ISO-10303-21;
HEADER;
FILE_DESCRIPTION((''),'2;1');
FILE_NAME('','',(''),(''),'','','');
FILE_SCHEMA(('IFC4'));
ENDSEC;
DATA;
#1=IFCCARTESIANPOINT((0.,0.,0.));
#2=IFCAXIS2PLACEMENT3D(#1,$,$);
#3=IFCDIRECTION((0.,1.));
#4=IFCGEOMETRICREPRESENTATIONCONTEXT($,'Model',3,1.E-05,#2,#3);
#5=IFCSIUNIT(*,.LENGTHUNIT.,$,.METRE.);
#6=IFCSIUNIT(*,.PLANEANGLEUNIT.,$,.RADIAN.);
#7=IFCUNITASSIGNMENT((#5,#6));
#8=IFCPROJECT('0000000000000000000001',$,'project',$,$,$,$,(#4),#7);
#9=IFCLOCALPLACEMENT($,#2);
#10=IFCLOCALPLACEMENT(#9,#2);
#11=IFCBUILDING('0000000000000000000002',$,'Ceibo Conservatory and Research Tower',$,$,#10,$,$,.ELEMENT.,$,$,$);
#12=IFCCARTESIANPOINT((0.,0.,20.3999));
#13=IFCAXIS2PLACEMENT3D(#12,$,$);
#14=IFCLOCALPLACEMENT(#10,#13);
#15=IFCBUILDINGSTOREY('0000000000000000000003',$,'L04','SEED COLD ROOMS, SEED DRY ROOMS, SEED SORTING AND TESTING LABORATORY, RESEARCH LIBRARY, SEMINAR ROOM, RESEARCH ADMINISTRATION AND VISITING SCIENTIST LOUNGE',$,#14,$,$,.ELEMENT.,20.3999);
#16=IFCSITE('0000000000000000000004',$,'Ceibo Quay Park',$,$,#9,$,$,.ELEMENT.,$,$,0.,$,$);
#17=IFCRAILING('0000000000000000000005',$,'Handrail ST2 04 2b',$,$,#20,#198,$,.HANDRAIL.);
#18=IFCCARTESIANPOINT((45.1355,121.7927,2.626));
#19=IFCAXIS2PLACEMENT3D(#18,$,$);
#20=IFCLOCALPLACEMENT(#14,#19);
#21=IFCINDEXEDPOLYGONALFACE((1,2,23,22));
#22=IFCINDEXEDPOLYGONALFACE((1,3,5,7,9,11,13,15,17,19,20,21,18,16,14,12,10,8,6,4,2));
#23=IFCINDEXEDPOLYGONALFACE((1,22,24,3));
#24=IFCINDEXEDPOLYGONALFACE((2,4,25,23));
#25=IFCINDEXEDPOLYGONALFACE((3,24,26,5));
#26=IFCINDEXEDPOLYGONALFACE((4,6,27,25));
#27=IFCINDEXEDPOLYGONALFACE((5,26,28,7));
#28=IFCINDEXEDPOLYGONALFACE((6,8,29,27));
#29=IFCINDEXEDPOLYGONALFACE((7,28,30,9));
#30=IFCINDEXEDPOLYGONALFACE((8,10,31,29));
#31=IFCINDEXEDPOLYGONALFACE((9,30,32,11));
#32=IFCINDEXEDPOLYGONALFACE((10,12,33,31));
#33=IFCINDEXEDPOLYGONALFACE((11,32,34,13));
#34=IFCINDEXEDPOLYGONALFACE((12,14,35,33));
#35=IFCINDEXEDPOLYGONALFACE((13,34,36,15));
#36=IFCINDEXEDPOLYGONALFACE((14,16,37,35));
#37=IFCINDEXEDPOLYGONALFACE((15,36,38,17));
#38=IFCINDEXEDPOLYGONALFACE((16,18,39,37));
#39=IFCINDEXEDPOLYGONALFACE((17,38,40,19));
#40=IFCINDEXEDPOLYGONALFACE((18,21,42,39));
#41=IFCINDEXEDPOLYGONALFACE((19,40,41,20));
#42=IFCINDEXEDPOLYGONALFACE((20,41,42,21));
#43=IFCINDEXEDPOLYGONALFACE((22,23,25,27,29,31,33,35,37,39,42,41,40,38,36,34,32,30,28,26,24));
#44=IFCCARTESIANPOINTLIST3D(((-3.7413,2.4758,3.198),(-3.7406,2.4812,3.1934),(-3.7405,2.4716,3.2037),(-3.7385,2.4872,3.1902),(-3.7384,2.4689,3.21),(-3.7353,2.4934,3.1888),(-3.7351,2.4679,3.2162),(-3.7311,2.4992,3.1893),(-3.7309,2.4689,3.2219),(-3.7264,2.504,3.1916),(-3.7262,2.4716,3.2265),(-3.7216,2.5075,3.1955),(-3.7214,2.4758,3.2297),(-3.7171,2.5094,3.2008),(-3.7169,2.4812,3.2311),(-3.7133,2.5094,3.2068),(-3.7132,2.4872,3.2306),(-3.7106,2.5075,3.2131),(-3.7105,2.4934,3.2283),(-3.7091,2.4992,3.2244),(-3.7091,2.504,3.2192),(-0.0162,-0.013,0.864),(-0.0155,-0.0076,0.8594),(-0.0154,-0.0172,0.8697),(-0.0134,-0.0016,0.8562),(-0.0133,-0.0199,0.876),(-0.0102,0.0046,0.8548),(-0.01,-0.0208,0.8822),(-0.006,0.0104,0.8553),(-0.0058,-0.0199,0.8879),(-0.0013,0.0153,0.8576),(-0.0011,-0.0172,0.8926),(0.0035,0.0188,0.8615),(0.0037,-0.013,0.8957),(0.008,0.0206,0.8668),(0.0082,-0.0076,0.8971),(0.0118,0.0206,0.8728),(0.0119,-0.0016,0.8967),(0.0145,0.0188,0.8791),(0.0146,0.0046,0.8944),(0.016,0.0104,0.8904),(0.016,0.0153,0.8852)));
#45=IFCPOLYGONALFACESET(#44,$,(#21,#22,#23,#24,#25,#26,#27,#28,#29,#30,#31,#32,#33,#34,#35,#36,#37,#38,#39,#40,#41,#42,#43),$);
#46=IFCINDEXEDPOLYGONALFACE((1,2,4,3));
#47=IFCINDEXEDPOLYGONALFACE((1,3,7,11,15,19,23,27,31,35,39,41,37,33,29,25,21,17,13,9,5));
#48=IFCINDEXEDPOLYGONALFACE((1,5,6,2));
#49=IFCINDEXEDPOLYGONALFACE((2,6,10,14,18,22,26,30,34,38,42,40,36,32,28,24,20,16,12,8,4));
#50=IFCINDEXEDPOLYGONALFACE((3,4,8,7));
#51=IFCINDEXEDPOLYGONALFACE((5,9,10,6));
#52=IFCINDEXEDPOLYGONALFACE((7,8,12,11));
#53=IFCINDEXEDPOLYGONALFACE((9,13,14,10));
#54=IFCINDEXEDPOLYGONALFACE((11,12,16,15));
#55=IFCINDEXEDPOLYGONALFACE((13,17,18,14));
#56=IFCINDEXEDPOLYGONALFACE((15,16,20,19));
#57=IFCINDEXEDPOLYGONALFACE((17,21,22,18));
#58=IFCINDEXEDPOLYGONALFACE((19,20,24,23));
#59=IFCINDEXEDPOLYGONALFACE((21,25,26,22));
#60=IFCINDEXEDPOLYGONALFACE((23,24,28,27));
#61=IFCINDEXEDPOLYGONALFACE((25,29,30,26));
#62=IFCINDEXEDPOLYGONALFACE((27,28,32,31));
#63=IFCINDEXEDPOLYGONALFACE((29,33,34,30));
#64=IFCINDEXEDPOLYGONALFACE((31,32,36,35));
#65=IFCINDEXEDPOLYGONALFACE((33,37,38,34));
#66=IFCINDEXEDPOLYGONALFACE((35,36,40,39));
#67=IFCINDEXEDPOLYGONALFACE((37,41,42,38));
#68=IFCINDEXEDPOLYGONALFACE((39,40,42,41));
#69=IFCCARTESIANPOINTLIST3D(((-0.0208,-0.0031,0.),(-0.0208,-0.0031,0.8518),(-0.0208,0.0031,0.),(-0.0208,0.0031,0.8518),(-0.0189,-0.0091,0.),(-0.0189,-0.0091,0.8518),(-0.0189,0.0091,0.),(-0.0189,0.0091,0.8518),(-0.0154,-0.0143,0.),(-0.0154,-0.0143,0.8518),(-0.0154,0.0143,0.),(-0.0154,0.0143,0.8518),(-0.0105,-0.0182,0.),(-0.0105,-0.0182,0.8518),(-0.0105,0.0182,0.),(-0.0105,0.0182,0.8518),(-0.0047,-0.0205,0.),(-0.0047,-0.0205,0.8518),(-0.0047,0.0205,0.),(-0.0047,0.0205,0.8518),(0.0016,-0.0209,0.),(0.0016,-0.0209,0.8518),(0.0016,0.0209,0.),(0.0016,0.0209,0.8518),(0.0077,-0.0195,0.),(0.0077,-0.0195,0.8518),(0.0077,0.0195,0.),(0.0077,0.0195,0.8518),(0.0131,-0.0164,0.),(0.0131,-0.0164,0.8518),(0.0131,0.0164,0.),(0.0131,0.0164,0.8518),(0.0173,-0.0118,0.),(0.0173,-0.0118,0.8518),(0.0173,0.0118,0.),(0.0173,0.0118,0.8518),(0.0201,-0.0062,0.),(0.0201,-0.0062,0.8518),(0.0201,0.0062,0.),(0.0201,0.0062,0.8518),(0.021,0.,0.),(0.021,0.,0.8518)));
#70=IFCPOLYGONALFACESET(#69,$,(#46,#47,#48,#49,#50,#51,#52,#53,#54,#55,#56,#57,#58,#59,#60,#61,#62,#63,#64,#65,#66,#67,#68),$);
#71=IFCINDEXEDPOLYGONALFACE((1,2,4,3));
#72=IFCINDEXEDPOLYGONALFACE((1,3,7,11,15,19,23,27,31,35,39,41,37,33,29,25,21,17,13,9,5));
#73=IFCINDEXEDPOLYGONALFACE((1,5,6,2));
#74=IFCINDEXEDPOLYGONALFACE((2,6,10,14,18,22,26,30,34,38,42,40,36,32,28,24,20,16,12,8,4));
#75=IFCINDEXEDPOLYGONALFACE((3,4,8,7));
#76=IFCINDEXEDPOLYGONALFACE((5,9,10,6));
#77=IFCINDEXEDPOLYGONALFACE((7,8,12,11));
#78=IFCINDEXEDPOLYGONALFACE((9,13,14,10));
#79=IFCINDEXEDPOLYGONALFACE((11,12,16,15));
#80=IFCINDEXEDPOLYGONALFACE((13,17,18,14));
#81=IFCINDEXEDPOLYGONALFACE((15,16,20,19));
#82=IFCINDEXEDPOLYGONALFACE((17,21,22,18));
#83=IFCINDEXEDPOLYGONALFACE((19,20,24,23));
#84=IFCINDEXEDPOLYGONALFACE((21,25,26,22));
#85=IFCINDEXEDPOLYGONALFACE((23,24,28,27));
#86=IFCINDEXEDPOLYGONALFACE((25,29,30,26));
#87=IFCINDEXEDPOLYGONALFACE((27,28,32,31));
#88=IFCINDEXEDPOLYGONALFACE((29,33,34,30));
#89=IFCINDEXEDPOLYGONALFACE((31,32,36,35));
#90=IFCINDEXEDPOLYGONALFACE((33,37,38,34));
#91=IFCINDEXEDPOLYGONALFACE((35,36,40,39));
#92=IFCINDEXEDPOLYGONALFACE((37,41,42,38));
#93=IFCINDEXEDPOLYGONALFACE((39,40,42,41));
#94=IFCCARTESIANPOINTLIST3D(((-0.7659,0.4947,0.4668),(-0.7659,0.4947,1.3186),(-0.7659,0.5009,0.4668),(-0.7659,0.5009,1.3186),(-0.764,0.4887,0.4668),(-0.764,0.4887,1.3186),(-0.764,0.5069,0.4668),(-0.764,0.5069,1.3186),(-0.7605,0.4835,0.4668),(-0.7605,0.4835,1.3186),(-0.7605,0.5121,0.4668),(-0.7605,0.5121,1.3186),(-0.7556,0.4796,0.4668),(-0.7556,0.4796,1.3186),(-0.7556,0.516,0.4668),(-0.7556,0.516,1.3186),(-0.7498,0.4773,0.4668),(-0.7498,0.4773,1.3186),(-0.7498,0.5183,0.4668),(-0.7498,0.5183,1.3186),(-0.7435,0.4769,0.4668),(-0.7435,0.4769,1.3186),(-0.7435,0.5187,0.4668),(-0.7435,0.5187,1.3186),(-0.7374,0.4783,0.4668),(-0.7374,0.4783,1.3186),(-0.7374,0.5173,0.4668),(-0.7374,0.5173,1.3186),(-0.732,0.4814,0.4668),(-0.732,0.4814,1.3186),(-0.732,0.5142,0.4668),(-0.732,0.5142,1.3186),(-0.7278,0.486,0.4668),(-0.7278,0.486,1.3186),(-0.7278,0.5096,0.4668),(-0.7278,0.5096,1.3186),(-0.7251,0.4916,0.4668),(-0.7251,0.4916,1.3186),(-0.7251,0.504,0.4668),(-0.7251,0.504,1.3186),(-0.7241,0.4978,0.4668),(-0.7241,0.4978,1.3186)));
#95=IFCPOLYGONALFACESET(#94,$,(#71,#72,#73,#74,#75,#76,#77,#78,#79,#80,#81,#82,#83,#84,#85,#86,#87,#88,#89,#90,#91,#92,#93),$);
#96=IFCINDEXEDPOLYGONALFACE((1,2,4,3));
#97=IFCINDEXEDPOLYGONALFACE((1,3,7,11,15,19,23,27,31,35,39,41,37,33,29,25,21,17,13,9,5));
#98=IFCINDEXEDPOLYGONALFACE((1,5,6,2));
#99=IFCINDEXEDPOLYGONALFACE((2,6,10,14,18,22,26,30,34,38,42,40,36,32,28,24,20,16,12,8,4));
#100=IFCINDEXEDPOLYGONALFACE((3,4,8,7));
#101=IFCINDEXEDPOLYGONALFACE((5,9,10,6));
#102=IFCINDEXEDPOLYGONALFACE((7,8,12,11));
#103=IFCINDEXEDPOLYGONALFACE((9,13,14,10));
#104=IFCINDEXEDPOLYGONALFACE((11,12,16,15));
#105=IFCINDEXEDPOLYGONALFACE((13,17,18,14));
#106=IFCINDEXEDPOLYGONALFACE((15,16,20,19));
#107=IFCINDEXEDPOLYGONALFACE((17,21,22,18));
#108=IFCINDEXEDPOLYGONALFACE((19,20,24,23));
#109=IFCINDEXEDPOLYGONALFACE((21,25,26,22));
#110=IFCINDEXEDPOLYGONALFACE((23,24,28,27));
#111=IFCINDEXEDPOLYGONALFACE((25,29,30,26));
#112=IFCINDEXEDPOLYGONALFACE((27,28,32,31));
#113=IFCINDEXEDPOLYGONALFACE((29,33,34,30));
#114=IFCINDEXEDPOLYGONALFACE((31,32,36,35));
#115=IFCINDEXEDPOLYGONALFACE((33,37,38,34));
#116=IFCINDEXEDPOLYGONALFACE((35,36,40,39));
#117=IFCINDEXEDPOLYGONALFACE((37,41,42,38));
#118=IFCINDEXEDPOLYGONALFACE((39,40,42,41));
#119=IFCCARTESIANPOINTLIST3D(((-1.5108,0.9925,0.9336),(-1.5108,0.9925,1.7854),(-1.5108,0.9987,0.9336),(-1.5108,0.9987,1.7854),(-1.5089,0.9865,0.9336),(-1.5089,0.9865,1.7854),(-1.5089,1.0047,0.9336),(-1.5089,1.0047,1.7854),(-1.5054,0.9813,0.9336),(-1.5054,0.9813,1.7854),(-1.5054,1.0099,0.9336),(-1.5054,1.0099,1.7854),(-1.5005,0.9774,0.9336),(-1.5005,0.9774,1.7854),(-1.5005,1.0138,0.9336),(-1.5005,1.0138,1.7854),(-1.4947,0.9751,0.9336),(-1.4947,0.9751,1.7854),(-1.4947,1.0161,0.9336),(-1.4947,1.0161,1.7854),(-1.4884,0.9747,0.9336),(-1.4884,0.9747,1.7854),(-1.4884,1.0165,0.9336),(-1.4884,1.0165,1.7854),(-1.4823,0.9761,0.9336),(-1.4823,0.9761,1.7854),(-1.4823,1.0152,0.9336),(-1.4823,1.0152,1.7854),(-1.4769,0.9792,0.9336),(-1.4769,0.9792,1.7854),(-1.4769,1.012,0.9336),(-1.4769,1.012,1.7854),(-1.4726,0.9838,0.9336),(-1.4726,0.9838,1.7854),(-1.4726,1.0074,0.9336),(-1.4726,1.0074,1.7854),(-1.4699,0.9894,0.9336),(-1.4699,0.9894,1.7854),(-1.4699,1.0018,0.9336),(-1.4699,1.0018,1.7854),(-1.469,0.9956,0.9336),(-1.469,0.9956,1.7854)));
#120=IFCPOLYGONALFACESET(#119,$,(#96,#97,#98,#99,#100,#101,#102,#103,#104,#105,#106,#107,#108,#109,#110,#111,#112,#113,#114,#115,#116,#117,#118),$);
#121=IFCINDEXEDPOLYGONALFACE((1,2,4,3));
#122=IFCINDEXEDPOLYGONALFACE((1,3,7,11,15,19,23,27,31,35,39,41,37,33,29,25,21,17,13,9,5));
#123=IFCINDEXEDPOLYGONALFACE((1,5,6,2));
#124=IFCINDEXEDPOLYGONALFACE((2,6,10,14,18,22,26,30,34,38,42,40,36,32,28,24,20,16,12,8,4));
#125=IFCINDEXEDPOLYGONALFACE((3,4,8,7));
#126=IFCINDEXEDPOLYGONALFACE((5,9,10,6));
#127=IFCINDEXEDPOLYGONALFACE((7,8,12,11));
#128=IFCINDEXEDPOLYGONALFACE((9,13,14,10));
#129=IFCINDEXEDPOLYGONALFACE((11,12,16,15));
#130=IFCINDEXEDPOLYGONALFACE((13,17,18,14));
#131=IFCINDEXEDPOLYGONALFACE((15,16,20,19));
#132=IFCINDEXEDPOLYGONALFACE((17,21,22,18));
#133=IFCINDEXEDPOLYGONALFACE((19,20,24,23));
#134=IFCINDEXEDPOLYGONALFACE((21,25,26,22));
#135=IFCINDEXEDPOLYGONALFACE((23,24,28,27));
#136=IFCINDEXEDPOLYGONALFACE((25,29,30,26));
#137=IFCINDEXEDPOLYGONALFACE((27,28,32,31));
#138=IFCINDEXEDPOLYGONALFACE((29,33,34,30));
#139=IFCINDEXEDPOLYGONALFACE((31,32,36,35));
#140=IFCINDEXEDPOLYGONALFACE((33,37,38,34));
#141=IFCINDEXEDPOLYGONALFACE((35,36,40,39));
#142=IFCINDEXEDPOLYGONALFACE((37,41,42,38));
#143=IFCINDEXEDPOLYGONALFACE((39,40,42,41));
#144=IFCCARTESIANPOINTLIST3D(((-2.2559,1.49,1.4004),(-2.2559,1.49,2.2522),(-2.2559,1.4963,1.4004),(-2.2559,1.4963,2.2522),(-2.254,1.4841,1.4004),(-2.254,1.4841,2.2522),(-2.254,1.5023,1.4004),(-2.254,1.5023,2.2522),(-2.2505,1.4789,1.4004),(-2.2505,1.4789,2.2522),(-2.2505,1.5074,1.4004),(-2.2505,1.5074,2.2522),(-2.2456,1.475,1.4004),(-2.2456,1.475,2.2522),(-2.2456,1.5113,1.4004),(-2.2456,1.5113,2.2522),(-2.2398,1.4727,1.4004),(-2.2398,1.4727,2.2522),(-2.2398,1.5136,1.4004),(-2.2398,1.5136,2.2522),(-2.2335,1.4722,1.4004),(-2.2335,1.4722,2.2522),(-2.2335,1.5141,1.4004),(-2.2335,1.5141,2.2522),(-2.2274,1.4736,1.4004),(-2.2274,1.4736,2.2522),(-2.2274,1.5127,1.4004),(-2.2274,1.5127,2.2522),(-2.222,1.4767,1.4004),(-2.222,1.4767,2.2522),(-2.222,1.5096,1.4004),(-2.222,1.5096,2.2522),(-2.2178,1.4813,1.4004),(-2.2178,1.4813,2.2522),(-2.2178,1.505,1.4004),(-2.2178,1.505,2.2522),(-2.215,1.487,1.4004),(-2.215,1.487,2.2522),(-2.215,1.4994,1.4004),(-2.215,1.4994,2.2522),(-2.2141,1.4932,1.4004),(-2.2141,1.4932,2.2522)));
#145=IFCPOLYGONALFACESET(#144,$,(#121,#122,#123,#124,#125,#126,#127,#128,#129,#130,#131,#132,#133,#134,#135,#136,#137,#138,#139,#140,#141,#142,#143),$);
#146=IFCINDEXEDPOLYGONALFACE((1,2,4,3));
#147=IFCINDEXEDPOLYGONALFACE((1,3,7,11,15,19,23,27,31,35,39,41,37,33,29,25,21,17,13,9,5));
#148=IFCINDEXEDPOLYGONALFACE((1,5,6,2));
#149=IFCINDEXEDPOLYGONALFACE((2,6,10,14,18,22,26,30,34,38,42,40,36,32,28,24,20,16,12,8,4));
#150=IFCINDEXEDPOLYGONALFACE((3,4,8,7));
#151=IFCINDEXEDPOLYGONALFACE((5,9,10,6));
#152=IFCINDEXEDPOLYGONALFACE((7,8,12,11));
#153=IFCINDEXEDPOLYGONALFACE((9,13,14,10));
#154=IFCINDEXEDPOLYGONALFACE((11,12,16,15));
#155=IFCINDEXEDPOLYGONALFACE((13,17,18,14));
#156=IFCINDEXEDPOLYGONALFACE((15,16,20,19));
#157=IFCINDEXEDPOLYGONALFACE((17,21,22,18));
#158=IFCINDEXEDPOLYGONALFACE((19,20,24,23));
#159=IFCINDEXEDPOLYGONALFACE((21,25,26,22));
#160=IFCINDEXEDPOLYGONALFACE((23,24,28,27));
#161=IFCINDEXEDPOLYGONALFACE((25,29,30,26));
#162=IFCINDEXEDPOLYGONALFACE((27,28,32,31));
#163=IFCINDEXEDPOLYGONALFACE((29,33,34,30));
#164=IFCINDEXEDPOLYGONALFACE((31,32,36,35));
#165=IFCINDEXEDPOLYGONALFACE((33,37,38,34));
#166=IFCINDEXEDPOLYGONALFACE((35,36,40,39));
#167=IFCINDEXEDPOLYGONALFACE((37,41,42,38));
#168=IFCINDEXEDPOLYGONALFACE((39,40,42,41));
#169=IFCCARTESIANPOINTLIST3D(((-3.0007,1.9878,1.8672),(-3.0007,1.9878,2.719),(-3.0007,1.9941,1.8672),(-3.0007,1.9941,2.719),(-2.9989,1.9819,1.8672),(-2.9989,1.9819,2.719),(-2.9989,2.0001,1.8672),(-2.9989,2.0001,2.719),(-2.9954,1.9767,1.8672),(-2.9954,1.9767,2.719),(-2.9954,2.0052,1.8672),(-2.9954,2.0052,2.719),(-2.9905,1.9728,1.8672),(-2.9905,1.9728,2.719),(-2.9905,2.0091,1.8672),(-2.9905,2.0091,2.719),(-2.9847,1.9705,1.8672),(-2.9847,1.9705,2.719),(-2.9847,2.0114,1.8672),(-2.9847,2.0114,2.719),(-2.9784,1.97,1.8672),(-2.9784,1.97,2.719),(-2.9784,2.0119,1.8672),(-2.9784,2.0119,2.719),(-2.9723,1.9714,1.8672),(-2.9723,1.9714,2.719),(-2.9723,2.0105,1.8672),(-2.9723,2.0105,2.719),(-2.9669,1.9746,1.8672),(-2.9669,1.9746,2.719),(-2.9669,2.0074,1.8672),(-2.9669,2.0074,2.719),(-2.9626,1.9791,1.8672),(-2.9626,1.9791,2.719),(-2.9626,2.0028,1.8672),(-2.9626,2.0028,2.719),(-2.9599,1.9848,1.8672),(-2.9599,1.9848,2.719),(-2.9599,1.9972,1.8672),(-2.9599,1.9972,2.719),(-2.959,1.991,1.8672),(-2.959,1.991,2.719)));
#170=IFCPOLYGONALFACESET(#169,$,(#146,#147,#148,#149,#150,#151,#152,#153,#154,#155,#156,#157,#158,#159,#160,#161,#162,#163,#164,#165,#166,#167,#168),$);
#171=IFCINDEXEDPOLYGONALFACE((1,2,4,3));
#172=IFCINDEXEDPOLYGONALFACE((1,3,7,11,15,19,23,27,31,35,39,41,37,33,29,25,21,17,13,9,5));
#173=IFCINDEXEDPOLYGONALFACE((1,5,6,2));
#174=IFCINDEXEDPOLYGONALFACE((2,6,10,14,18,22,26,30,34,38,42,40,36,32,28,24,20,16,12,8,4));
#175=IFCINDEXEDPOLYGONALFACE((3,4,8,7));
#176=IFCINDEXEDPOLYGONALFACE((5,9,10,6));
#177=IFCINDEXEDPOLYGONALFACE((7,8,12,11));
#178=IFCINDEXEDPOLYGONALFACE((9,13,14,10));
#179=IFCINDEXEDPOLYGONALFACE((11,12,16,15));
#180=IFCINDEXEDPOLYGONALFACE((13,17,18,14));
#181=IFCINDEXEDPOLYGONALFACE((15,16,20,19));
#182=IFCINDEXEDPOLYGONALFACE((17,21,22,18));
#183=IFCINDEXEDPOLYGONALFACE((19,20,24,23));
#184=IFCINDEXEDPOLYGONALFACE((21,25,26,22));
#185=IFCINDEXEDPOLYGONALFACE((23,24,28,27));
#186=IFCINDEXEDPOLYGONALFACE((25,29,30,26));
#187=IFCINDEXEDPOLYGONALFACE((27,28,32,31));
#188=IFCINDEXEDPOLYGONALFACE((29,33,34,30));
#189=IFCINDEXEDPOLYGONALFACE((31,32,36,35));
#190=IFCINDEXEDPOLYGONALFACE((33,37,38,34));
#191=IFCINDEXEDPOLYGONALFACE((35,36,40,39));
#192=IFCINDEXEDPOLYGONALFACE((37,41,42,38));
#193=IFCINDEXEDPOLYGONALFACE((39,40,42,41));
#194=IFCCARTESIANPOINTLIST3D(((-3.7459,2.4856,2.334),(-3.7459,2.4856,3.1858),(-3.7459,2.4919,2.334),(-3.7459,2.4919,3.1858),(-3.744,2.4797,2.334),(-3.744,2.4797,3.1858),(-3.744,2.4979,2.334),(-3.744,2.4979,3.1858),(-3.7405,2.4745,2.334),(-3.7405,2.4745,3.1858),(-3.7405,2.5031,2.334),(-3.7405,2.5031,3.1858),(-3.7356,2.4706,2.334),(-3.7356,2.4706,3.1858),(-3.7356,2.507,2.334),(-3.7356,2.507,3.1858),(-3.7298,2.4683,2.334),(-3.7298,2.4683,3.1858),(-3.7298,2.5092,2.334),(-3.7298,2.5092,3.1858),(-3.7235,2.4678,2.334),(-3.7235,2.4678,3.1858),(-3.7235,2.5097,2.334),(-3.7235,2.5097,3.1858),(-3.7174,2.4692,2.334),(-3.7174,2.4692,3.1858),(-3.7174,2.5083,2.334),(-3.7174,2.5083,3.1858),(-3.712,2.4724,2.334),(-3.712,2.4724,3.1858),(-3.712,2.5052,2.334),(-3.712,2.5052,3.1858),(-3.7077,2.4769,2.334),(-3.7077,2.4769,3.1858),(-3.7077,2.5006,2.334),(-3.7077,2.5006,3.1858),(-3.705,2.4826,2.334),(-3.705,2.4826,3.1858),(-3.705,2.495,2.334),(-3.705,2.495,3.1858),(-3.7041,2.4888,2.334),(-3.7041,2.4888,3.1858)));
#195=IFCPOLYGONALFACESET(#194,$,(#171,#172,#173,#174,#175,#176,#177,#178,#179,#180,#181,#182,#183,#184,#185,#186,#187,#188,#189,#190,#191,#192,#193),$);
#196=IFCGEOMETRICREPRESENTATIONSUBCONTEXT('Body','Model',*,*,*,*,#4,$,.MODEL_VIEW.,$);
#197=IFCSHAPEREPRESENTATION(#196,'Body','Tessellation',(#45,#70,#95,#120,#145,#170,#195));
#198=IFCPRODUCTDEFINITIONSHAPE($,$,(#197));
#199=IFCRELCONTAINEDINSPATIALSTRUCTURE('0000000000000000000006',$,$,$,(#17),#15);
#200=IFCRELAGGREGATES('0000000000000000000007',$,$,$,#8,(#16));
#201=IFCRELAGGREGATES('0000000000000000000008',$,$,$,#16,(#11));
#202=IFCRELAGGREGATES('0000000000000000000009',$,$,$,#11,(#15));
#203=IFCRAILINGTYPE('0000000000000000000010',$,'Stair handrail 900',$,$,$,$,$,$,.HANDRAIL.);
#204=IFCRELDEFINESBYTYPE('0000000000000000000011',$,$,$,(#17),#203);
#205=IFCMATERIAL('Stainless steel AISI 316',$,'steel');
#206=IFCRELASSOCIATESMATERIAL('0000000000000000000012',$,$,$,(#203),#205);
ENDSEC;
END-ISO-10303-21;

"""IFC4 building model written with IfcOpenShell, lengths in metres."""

from ifc_helpers import new_model, si_unit, direction, frame, origin, origin_2d, place, context, subcontext, project, spatial, circle, extrude, material, type_object, element, save


model = new_model("IFC4")

# Units and contexts
model_context = context("Model", 3, precision=1e-05, world=origin(), true_north=direction((0.0, 1.0)))
body_context = subcontext(model_context, "Body", "Model", "MODEL_VIEW")
ifc_project = project(units=[si_unit("LENGTHUNIT", "METRE"), si_unit("PLANEANGLEUNIT", "RADIAN")], contexts=[model_context])

# Site, building, storey
site_placement = place(None, origin())
site = spatial("IfcSite", under=ifc_project, at=site_placement, Name="Ceibo Quay Park", CompositionType="ELEMENT", RefElevation=0.0)
building_placement = place(site_placement, origin())
building = spatial("IfcBuilding", under=site, at=building_placement, Name="Ceibo Conservatory and Research Tower", CompositionType="ELEMENT")
storey_placement = place(building_placement, frame((0.0, 0.0, 20.3999)))
storey = spatial("IfcBuildingStorey", under=building, at=storey_placement, Name="L04", Description="SEED COLD ROOMS, SEED DRY ROOMS, SEED SORTING AND TESTING LABORATORY, RESEARCH LIBRARY, SEMINAR ROOM, RESEARCH ADMINISTRATION AND VISITING SCIENTIST LOUNGE", CompositionType="ELEMENT", Elevation=20.3999)

# Railing
ifc_material_1 = material(Name="Stainless steel AISI 316", Category="steel")
railing_type = type_object("IfcRailingType", Name="Stair handrail 900", PredefinedType="HANDRAIL", material=ifc_material_1)
railing_1_placement = place(storey_placement, frame((45.1355, 121.7927, 2.626)))
element("IfcRailing", 1, at=railing_1_placement, inside=storey, type_object=railing_type, Name="Handrail ST2 04 2b", PredefinedType="HANDRAIL", context=body_context, shape_type="SweptSolid", body=[
    extrude(circle(Radius=0.0239, at=origin_2d()), frame((0.0, 0.0, 0.876), z_axis=(-0.737422, 0.492678, 0.462036), x_axis=(-0.55553, -0.831497, 0.0)), (0.0, 0.0, 1.0), 5.0515),
    extrude(circle(Radius=0.021, at=origin_2d()), origin(), (0.0, 0.0, 1.0), 0.8518),
    extrude(circle(Radius=0.021, at=origin_2d()), frame((-0.7451, 0.4978, 0.4668)), (0.0, 0.0, 1.0), 0.8518),
    extrude(circle(Radius=0.021, at=origin_2d()), frame((-1.49, 0.9956, 0.9336)), (0.0, 0.0, 1.0), 0.8518),
    extrude(circle(Radius=0.021, at=origin_2d()), frame((-2.2351, 1.4932, 1.4004)), (0.0, 0.0, 1.0), 0.8518),
    extrude(circle(Radius=0.021, at=origin_2d()), frame((-2.98, 1.991, 1.8672)), (0.0, 0.0, 1.0), 0.8518),
    extrude(circle(Radius=0.021, at=origin_2d()), frame((-3.7251, 2.4888, 2.334)), (0.0, 0.0, 1.0), 0.8518),
])

save(model, "model.ifc")
